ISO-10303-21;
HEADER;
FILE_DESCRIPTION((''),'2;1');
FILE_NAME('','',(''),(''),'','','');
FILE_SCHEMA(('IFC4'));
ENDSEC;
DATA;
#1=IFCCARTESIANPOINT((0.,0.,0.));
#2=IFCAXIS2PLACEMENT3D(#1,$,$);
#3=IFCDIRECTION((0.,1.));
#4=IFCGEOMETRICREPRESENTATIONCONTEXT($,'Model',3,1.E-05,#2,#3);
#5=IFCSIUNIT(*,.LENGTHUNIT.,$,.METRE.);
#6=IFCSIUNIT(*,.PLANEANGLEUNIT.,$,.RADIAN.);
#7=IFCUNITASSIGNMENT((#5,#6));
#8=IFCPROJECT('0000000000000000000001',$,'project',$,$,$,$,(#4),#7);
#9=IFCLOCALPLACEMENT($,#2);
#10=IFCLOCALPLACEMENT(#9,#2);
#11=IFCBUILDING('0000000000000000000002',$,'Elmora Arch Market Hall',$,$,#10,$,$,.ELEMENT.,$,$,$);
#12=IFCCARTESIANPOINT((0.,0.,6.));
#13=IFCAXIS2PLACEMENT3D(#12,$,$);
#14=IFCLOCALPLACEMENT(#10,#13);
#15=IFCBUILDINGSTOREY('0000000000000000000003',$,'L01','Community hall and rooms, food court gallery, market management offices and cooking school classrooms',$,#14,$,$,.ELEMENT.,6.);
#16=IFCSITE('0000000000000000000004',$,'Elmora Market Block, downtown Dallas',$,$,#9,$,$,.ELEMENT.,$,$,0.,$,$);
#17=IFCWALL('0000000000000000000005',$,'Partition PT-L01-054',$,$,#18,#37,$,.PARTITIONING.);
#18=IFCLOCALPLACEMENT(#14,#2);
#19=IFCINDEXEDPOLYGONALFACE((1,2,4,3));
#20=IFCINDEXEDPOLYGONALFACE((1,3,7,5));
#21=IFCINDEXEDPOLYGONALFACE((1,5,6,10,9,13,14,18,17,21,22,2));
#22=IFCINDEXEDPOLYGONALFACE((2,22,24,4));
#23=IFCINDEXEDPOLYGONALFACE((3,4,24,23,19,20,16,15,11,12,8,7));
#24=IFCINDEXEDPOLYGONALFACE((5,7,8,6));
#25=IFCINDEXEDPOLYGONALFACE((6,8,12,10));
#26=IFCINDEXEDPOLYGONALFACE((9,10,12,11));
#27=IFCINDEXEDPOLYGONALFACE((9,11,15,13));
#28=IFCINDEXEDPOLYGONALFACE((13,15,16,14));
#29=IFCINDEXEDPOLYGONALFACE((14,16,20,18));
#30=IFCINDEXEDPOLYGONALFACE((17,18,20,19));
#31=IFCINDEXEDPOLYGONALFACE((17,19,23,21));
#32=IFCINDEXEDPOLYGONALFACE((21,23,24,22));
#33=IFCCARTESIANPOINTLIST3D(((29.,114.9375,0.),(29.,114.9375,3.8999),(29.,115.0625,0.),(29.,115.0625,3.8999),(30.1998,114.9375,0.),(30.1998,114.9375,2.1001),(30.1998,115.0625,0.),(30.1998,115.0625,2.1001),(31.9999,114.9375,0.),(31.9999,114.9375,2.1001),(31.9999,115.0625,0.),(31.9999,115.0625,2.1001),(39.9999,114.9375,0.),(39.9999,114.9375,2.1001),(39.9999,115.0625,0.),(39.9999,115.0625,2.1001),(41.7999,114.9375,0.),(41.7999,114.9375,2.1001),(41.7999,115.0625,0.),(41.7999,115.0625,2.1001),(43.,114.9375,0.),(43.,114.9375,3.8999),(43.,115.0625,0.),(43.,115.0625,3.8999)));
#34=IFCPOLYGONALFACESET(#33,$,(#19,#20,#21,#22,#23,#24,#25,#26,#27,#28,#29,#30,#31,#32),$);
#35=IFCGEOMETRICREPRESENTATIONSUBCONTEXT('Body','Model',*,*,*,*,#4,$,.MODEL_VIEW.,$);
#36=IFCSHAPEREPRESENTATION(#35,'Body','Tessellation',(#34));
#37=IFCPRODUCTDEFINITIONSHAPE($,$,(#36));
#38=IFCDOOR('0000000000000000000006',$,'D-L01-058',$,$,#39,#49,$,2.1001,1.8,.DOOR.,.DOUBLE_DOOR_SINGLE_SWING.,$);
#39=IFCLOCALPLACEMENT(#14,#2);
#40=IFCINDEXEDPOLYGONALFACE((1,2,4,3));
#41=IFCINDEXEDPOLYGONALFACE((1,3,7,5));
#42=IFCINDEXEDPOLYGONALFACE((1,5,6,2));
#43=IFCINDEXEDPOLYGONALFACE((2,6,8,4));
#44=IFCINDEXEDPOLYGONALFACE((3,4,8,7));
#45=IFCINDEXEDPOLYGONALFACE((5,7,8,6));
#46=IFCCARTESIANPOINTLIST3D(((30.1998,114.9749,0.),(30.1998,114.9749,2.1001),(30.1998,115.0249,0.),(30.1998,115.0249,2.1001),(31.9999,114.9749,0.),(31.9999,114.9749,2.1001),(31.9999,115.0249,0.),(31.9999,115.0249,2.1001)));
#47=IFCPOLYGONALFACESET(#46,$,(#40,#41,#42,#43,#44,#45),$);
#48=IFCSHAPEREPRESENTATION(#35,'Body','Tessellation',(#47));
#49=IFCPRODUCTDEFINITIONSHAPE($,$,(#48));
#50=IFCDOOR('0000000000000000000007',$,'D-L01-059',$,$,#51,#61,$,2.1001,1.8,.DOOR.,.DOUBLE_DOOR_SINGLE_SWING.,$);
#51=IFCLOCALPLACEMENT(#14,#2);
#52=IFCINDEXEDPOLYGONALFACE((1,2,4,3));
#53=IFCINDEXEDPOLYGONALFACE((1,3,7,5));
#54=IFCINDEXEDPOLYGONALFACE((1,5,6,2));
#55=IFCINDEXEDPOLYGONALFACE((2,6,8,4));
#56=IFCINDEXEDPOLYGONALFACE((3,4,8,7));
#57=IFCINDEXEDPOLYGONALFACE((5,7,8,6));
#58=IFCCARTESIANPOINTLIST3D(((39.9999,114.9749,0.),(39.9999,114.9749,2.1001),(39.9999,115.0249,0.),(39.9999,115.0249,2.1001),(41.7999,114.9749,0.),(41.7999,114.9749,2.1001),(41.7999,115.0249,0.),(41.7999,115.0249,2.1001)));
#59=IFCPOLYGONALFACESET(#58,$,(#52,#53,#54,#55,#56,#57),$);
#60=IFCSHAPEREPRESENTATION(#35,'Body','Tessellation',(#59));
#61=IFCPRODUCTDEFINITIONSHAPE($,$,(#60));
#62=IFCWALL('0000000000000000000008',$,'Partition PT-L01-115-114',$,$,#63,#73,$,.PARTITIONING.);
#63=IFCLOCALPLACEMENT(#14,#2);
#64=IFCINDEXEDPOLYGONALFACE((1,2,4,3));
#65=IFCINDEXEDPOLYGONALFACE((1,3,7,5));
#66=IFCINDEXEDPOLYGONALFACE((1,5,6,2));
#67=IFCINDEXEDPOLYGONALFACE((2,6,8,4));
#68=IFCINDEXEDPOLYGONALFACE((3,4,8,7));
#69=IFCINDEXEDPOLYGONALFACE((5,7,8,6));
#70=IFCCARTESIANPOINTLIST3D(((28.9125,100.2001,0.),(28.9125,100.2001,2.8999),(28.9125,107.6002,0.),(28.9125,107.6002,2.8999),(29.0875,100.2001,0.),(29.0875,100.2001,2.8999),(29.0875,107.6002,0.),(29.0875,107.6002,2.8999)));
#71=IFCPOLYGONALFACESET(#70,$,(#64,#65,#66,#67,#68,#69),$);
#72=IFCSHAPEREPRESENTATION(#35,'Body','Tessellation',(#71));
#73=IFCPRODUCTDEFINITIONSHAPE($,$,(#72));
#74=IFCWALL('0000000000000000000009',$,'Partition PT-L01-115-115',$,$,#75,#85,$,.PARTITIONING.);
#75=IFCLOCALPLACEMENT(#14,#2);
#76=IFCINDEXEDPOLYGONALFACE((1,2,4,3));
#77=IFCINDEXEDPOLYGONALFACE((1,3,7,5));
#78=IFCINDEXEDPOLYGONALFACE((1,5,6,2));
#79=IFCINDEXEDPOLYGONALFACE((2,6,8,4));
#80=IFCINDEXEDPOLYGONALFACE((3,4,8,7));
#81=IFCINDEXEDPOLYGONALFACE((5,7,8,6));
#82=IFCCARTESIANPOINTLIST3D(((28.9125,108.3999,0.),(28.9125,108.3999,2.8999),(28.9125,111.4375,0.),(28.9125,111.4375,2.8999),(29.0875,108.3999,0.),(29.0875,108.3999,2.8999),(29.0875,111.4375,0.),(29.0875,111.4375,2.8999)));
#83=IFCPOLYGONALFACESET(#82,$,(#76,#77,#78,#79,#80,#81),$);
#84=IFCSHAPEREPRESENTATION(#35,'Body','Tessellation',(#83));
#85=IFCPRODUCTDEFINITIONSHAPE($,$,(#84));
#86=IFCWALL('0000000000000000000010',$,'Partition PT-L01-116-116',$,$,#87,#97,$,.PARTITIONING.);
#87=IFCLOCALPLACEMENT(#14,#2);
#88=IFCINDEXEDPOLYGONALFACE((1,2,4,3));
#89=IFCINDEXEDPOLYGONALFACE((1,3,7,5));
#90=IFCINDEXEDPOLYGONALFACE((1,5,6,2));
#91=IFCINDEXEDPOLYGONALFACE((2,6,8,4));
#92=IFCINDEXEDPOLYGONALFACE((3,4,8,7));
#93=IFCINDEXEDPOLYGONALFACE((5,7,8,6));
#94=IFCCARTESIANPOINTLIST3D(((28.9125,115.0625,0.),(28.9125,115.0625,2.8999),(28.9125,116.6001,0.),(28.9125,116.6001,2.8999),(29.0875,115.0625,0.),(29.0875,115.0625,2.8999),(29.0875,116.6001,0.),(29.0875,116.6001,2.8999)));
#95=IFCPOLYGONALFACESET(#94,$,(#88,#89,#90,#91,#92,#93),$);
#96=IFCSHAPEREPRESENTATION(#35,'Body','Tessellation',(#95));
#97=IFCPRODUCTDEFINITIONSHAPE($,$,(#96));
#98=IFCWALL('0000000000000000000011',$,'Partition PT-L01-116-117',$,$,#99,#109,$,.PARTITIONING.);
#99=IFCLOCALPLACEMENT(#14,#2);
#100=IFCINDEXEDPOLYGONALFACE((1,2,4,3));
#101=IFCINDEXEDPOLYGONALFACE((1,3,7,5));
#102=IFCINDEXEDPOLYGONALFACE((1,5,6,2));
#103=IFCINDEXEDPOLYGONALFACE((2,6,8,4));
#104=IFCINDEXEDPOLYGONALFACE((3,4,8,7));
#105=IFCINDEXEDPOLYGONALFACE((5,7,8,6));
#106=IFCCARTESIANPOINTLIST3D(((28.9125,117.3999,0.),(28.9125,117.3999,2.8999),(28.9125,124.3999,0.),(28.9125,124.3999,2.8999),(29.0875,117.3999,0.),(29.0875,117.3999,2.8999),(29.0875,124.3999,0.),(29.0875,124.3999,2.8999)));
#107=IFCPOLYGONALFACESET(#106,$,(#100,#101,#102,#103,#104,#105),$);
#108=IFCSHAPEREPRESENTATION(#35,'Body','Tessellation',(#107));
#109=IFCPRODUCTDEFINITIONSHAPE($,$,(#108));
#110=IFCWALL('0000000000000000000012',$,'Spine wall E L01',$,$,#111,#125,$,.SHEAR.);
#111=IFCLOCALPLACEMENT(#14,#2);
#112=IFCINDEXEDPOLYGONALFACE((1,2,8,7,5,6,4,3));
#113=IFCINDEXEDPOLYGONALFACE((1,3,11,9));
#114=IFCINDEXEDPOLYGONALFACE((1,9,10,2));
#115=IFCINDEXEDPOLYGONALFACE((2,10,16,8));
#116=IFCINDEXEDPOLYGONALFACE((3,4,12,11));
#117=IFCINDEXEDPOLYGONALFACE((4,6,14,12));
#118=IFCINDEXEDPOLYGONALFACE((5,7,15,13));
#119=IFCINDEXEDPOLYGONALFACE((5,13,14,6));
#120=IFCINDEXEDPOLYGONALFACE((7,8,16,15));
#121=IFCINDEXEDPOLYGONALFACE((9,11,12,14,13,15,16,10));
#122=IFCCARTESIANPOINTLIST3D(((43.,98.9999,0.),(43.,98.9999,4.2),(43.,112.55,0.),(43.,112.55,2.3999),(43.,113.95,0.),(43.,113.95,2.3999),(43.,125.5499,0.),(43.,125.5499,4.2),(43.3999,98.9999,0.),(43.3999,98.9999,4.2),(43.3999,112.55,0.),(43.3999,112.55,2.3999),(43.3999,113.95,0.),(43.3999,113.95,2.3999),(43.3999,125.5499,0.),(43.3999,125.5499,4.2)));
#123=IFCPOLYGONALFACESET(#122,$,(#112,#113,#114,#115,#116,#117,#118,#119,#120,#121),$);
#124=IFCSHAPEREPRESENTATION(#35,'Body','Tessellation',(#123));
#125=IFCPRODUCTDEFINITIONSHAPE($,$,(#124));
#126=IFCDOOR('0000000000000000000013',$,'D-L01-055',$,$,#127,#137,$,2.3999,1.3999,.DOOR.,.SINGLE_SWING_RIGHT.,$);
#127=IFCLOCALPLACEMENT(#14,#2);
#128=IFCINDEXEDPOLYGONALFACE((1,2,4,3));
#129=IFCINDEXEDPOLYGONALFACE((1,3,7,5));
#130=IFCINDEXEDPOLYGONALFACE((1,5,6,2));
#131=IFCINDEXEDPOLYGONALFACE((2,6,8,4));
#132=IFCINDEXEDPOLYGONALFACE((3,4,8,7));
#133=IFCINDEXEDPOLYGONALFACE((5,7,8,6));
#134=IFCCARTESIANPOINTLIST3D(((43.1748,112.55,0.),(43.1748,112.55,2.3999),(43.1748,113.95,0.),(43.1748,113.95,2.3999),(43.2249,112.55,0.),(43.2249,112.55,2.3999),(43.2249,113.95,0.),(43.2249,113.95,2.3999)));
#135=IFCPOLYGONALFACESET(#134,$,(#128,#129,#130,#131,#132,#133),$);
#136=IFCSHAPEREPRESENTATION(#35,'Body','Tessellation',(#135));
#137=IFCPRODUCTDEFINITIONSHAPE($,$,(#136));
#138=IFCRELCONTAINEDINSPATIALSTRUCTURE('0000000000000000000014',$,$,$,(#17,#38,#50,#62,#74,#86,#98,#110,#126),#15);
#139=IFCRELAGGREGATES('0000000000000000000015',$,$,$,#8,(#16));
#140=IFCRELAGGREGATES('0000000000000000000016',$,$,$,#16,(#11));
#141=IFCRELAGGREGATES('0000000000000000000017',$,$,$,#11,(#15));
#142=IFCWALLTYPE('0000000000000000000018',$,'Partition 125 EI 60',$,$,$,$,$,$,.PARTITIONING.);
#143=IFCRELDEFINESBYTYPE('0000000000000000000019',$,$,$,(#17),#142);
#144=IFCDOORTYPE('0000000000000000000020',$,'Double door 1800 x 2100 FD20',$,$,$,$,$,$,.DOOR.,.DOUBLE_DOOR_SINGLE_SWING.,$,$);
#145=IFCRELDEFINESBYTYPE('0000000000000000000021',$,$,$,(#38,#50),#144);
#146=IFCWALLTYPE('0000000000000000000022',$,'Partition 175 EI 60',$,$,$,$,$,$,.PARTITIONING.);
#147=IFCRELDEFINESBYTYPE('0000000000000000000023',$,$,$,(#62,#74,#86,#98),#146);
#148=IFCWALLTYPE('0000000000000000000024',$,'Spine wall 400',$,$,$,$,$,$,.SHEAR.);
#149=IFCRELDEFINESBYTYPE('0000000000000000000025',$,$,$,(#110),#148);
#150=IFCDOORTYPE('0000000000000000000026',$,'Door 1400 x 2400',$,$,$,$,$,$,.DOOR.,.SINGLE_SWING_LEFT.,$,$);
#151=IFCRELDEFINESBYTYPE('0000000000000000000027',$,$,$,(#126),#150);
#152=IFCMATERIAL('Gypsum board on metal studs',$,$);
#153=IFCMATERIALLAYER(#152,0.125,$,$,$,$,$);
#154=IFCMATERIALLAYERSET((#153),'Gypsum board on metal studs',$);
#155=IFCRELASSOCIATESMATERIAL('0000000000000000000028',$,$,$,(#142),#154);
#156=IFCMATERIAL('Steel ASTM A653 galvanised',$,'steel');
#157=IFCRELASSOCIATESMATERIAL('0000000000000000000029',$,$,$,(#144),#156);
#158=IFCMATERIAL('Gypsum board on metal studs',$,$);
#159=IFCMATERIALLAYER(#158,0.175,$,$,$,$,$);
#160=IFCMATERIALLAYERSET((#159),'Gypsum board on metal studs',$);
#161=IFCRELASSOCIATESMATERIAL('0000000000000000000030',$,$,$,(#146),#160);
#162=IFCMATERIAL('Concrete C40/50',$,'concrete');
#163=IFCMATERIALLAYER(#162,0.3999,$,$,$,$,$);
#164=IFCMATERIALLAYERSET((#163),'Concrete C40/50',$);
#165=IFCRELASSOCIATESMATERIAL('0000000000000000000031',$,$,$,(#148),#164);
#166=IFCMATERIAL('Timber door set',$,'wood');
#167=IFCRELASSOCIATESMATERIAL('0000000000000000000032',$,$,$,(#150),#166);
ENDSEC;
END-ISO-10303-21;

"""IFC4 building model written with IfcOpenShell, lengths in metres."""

from ifc_helpers import new_model, si_unit, direction, frame, frame_2d, origin, place, context, subcontext, project, spatial, rectangle, extrude, material, layer, layer_set, type_object, element, fill, save


model = new_model("IFC4")

# Units and contexts
model_context = context("Model", 3, precision=1e-05, world=origin(), true_north=direction((0.0, 1.0)))
body_context = subcontext(model_context, "Body", "Model", "MODEL_VIEW")
ifc_project = project(units=[si_unit("LENGTHUNIT", "METRE"), si_unit("PLANEANGLEUNIT", "RADIAN")], contexts=[model_context])

# Site, building, storey
site_placement = place(None, origin())
site = spatial("IfcSite", under=ifc_project, at=site_placement, Name="Elmora Market Block, downtown Dallas", CompositionType="ELEMENT", RefElevation=0.0)
building_placement = place(site_placement, origin())
building = spatial("IfcBuilding", under=site, at=building_placement, Name="Elmora Arch Market Hall", CompositionType="ELEMENT")
storey_placement = place(building_placement, frame((0.0, 0.0, 6.0)))
storey = spatial("IfcBuildingStorey", under=building, at=storey_placement, Name="L01", Description="Community hall and rooms, food court gallery, market management offices and cooking school classrooms", CompositionType="ELEMENT", Elevation=6.0)

# Wall, openings, doors
ifc_material_1 = material(Name="Gypsum board on metal studs")
ifc_layer_1 = layer(ifc_material_1, 0.125)
ifc_layer_set_1 = layer_set([ifc_layer_1], Name="Gypsum board on metal studs")
wall_type_1 = type_object("IfcWallType", Name="Partition 125 EI 60", PredefinedType="PARTITIONING", material=ifc_layer_set_1)
ifc_material_2 = material(Name="Steel ASTM A653 galvanised", Category="steel")
door_type_1 = type_object("IfcDoorType", Name="Double door 1800 x 2100 FD20", OperationType="DOUBLE_DOOR_SINGLE_SWING", PredefinedType="DOOR", material=ifc_material_2)
wall_1_placement = place(storey_placement, frame((29.0, 115.0, 0.0), z_axis=(0.0, 0.0, 1.0), x_axis=(1.0, 0.0, 0.0)))
wall_1 = element("IfcWall", 1, at=wall_1_placement, inside=storey, type_object=wall_type_1, Name="Partition PT-L01-054", PredefinedType="PARTITIONING", context=body_context, shape_type="SweptSolid", body=[
    extrude(rectangle(XDim=14.0, YDim=0.125, at=frame_2d((7.0, 0.0))), origin(), (0.0, 0.0, 1.0), 3.8999),
])
opening_1_placement = place(wall_1_placement, frame((1.2, 0.0, 0.0)))
opening_1 = element("IfcOpeningElement", 2, at=opening_1_placement, cuts=wall_1, PredefinedType="OPENING", context=body_context, shape_type="SweptSolid", body=[
    extrude(rectangle(XDim=1.8, YDim=2.1001, at=frame_2d((0.8999, 1.05))), frame((0.0, 0.0725, 0.0), z_axis=(0.0, -1.0, 0.0), x_axis=(1.0, 0.0, 0.0)), (0.0, 0.0, 1.0), 0.145),
])
opening_2_placement = place(wall_1_placement, frame((11.0, 0.0, 0.0)))
opening_2 = element("IfcOpeningElement", 3, at=opening_2_placement, cuts=wall_1, PredefinedType="OPENING", context=body_context, shape_type="SweptSolid", body=[
    extrude(rectangle(XDim=1.8, YDim=2.1001, at=frame_2d((0.8999, 1.05))), frame((0.0, 0.0725, 0.0), z_axis=(0.0, -1.0, 0.0), x_axis=(1.0, 0.0, 0.0)), (0.0, 0.0, 1.0), 0.145),
])
door_1_placement = place(opening_1_placement, origin())
door_1 = element("IfcDoor", 4, at=door_1_placement, inside=storey, type_object=door_type_1, Name="D-L01-058", OperationType="DOUBLE_DOOR_SINGLE_SWING", OverallHeight=2.1001, OverallWidth=1.8, PredefinedType="DOOR", context=body_context, shape_type="SweptSolid", body=[
    extrude(rectangle(XDim=1.8, YDim=2.1001, at=frame_2d((0.8999, 1.05))), frame((0.0, 0.0249, 0.0), z_axis=(0.0, -1.0, 0.0), x_axis=(1.0, 0.0, 0.0)), (0.0, 0.0, 1.0), 0.05),
])
fill(opening_1, door_1)
door_2_placement = place(opening_2_placement, origin())
door_2 = element("IfcDoor", 5, at=door_2_placement, inside=storey, type_object=door_type_1, Name="D-L01-059", OperationType="DOUBLE_DOOR_SINGLE_SWING", OverallHeight=2.1001, OverallWidth=1.8, PredefinedType="DOOR", context=body_context, shape_type="SweptSolid", body=[
    extrude(rectangle(XDim=1.8, YDim=2.1001, at=frame_2d((0.8999, 1.05))), frame((0.0, 0.0249, 0.0), z_axis=(0.0, -1.0, 0.0), x_axis=(1.0, 0.0, 0.0)), (0.0, 0.0, 1.0), 0.05),
])
fill(opening_2, door_2)

# Walls
ifc_material_3 = material(Name="Gypsum board on metal studs")
ifc_layer_2 = layer(ifc_material_3, 0.175)
ifc_layer_set_2 = layer_set([ifc_layer_2], Name="Gypsum board on metal studs")
wall_type_2 = type_object("IfcWallType", Name="Partition 175 EI 60", PredefinedType="PARTITIONING", material=ifc_layer_set_2)
wall_2_placement = place(storey_placement, frame((29.0, 100.2, 0.0), z_axis=(0.0, 0.0, 1.0), x_axis=(0.0, 1.0, 0.0)))
element("IfcWall", 6, at=wall_2_placement, inside=storey, type_object=wall_type_2, Name="Partition PT-L01-115-114", PredefinedType="PARTITIONING", context=body_context, shape_type="SweptSolid", body=[
    extrude(rectangle(XDim=7.4001, YDim=0.175, at=frame_2d((3.7002, 0.0))), origin(), (0.0, 0.0, 1.0), 2.8999),
])
wall_3_placement = place(storey_placement, frame((29.0, 108.3999, 0.0), z_axis=(0.0, 0.0, 1.0), x_axis=(0.0, 1.0, 0.0)))
element("IfcWall", 7, at=wall_3_placement, inside=storey, type_object=wall_type_2, Name="Partition PT-L01-115-115", PredefinedType="PARTITIONING", context=body_context, shape_type="SweptSolid", body=[
    extrude(rectangle(XDim=3.0376, YDim=0.175, at=frame_2d((1.5188, 0.0))), origin(), (0.0, 0.0, 1.0), 2.8999),
])
wall_4_placement = place(storey_placement, frame((29.0, 115.0625, 0.0), z_axis=(0.0, 0.0, 1.0), x_axis=(0.0, 1.0, 0.0)))
element("IfcWall", 8, at=wall_4_placement, inside=storey, type_object=wall_type_2, Name="Partition PT-L01-116-116", PredefinedType="PARTITIONING", context=body_context, shape_type="SweptSolid", body=[
    extrude(rectangle(XDim=1.5376, YDim=0.175, at=frame_2d((0.7688, 0.0))), origin(), (0.0, 0.0, 1.0), 2.8999),
])
wall_5_placement = place(storey_placement, frame((29.0, 117.3999, 0.0), z_axis=(0.0, 0.0, 1.0), x_axis=(0.0, 1.0, 0.0)))
element("IfcWall", 9, at=wall_5_placement, inside=storey, type_object=wall_type_2, Name="Partition PT-L01-116-117", PredefinedType="PARTITIONING", context=body_context, shape_type="SweptSolid", body=[
    extrude(rectangle(XDim=7.0, YDim=0.175, at=frame_2d((3.5, 0.0))), origin(), (0.0, 0.0, 1.0), 2.8999),
])

# Wall, opening, door
ifc_material_4 = material(Name="Concrete C40/50", Category="concrete")
ifc_layer_3 = layer(ifc_material_4, 0.3999)
ifc_layer_set_3 = layer_set([ifc_layer_3], Name="Concrete C40/50")
wall_type_3 = type_object("IfcWallType", Name="Spine wall 400", PredefinedType="SHEAR", material=ifc_layer_set_3)
wall_6_placement = place(storey_placement, frame((43.2, 99.0, 0.0), z_axis=(0.0, 0.0, 1.0), x_axis=(0.0, 1.0, 0.0)))
wall_6 = element("IfcWall", 10, at=wall_6_placement, inside=storey, type_object=wall_type_3, Name="Spine wall E L01", PredefinedType="SHEAR", context=body_context, shape_type="SweptSolid", body=[
    extrude(rectangle(XDim=26.55, YDim=0.3999, at=frame_2d((13.2749, 0.0))), origin(), (0.0, 0.0, 1.0), 4.2),
])
opening_3_placement = place(wall_6_placement, frame((13.55, 0.0, 0.0)))
opening_3 = element("IfcOpeningElement", 11, at=opening_3_placement, cuts=wall_6, PredefinedType="OPENING", context=body_context, shape_type="SweptSolid", body=[
    extrude(rectangle(XDim=1.3999, YDim=2.3999, at=frame_2d((0.7, 1.2))), frame((0.0, 0.21, 0.0), z_axis=(0.0, -1.0, 0.0), x_axis=(1.0, 0.0, 0.0)), (0.0, 0.0, 1.0), 0.4199),
])
ifc_material_5 = material(Name="Timber door set", Category="wood")
door_type_2 = type_object("IfcDoorType", Name="Door 1400 x 2400", OperationType="SINGLE_SWING_LEFT", PredefinedType="DOOR", material=ifc_material_5)
door_3_placement = place(opening_3_placement, frame((1.3999, 0.0, 0.0), z_axis=(0.0, 0.0, 1.0), x_axis=(-1.0, 0.0, 0.0)))
door_3 = element("IfcDoor", 12, at=door_3_placement, inside=storey, type_object=door_type_2, Name="D-L01-055", OperationType="SINGLE_SWING_RIGHT", OverallHeight=2.3999, OverallWidth=1.3999, PredefinedType="DOOR", context=body_context, shape_type="SweptSolid", body=[
    extrude(rectangle(XDim=1.3999, YDim=2.3999, at=frame_2d((0.7, 1.2))), frame((0.0, 0.0249, 0.0), z_axis=(0.0, -1.0, 0.0), x_axis=(1.0, 0.0, 0.0)), (0.0, 0.0, 1.0), 0.05),
])
fill(opening_3, door_3)

save(model, "model.ifc")
